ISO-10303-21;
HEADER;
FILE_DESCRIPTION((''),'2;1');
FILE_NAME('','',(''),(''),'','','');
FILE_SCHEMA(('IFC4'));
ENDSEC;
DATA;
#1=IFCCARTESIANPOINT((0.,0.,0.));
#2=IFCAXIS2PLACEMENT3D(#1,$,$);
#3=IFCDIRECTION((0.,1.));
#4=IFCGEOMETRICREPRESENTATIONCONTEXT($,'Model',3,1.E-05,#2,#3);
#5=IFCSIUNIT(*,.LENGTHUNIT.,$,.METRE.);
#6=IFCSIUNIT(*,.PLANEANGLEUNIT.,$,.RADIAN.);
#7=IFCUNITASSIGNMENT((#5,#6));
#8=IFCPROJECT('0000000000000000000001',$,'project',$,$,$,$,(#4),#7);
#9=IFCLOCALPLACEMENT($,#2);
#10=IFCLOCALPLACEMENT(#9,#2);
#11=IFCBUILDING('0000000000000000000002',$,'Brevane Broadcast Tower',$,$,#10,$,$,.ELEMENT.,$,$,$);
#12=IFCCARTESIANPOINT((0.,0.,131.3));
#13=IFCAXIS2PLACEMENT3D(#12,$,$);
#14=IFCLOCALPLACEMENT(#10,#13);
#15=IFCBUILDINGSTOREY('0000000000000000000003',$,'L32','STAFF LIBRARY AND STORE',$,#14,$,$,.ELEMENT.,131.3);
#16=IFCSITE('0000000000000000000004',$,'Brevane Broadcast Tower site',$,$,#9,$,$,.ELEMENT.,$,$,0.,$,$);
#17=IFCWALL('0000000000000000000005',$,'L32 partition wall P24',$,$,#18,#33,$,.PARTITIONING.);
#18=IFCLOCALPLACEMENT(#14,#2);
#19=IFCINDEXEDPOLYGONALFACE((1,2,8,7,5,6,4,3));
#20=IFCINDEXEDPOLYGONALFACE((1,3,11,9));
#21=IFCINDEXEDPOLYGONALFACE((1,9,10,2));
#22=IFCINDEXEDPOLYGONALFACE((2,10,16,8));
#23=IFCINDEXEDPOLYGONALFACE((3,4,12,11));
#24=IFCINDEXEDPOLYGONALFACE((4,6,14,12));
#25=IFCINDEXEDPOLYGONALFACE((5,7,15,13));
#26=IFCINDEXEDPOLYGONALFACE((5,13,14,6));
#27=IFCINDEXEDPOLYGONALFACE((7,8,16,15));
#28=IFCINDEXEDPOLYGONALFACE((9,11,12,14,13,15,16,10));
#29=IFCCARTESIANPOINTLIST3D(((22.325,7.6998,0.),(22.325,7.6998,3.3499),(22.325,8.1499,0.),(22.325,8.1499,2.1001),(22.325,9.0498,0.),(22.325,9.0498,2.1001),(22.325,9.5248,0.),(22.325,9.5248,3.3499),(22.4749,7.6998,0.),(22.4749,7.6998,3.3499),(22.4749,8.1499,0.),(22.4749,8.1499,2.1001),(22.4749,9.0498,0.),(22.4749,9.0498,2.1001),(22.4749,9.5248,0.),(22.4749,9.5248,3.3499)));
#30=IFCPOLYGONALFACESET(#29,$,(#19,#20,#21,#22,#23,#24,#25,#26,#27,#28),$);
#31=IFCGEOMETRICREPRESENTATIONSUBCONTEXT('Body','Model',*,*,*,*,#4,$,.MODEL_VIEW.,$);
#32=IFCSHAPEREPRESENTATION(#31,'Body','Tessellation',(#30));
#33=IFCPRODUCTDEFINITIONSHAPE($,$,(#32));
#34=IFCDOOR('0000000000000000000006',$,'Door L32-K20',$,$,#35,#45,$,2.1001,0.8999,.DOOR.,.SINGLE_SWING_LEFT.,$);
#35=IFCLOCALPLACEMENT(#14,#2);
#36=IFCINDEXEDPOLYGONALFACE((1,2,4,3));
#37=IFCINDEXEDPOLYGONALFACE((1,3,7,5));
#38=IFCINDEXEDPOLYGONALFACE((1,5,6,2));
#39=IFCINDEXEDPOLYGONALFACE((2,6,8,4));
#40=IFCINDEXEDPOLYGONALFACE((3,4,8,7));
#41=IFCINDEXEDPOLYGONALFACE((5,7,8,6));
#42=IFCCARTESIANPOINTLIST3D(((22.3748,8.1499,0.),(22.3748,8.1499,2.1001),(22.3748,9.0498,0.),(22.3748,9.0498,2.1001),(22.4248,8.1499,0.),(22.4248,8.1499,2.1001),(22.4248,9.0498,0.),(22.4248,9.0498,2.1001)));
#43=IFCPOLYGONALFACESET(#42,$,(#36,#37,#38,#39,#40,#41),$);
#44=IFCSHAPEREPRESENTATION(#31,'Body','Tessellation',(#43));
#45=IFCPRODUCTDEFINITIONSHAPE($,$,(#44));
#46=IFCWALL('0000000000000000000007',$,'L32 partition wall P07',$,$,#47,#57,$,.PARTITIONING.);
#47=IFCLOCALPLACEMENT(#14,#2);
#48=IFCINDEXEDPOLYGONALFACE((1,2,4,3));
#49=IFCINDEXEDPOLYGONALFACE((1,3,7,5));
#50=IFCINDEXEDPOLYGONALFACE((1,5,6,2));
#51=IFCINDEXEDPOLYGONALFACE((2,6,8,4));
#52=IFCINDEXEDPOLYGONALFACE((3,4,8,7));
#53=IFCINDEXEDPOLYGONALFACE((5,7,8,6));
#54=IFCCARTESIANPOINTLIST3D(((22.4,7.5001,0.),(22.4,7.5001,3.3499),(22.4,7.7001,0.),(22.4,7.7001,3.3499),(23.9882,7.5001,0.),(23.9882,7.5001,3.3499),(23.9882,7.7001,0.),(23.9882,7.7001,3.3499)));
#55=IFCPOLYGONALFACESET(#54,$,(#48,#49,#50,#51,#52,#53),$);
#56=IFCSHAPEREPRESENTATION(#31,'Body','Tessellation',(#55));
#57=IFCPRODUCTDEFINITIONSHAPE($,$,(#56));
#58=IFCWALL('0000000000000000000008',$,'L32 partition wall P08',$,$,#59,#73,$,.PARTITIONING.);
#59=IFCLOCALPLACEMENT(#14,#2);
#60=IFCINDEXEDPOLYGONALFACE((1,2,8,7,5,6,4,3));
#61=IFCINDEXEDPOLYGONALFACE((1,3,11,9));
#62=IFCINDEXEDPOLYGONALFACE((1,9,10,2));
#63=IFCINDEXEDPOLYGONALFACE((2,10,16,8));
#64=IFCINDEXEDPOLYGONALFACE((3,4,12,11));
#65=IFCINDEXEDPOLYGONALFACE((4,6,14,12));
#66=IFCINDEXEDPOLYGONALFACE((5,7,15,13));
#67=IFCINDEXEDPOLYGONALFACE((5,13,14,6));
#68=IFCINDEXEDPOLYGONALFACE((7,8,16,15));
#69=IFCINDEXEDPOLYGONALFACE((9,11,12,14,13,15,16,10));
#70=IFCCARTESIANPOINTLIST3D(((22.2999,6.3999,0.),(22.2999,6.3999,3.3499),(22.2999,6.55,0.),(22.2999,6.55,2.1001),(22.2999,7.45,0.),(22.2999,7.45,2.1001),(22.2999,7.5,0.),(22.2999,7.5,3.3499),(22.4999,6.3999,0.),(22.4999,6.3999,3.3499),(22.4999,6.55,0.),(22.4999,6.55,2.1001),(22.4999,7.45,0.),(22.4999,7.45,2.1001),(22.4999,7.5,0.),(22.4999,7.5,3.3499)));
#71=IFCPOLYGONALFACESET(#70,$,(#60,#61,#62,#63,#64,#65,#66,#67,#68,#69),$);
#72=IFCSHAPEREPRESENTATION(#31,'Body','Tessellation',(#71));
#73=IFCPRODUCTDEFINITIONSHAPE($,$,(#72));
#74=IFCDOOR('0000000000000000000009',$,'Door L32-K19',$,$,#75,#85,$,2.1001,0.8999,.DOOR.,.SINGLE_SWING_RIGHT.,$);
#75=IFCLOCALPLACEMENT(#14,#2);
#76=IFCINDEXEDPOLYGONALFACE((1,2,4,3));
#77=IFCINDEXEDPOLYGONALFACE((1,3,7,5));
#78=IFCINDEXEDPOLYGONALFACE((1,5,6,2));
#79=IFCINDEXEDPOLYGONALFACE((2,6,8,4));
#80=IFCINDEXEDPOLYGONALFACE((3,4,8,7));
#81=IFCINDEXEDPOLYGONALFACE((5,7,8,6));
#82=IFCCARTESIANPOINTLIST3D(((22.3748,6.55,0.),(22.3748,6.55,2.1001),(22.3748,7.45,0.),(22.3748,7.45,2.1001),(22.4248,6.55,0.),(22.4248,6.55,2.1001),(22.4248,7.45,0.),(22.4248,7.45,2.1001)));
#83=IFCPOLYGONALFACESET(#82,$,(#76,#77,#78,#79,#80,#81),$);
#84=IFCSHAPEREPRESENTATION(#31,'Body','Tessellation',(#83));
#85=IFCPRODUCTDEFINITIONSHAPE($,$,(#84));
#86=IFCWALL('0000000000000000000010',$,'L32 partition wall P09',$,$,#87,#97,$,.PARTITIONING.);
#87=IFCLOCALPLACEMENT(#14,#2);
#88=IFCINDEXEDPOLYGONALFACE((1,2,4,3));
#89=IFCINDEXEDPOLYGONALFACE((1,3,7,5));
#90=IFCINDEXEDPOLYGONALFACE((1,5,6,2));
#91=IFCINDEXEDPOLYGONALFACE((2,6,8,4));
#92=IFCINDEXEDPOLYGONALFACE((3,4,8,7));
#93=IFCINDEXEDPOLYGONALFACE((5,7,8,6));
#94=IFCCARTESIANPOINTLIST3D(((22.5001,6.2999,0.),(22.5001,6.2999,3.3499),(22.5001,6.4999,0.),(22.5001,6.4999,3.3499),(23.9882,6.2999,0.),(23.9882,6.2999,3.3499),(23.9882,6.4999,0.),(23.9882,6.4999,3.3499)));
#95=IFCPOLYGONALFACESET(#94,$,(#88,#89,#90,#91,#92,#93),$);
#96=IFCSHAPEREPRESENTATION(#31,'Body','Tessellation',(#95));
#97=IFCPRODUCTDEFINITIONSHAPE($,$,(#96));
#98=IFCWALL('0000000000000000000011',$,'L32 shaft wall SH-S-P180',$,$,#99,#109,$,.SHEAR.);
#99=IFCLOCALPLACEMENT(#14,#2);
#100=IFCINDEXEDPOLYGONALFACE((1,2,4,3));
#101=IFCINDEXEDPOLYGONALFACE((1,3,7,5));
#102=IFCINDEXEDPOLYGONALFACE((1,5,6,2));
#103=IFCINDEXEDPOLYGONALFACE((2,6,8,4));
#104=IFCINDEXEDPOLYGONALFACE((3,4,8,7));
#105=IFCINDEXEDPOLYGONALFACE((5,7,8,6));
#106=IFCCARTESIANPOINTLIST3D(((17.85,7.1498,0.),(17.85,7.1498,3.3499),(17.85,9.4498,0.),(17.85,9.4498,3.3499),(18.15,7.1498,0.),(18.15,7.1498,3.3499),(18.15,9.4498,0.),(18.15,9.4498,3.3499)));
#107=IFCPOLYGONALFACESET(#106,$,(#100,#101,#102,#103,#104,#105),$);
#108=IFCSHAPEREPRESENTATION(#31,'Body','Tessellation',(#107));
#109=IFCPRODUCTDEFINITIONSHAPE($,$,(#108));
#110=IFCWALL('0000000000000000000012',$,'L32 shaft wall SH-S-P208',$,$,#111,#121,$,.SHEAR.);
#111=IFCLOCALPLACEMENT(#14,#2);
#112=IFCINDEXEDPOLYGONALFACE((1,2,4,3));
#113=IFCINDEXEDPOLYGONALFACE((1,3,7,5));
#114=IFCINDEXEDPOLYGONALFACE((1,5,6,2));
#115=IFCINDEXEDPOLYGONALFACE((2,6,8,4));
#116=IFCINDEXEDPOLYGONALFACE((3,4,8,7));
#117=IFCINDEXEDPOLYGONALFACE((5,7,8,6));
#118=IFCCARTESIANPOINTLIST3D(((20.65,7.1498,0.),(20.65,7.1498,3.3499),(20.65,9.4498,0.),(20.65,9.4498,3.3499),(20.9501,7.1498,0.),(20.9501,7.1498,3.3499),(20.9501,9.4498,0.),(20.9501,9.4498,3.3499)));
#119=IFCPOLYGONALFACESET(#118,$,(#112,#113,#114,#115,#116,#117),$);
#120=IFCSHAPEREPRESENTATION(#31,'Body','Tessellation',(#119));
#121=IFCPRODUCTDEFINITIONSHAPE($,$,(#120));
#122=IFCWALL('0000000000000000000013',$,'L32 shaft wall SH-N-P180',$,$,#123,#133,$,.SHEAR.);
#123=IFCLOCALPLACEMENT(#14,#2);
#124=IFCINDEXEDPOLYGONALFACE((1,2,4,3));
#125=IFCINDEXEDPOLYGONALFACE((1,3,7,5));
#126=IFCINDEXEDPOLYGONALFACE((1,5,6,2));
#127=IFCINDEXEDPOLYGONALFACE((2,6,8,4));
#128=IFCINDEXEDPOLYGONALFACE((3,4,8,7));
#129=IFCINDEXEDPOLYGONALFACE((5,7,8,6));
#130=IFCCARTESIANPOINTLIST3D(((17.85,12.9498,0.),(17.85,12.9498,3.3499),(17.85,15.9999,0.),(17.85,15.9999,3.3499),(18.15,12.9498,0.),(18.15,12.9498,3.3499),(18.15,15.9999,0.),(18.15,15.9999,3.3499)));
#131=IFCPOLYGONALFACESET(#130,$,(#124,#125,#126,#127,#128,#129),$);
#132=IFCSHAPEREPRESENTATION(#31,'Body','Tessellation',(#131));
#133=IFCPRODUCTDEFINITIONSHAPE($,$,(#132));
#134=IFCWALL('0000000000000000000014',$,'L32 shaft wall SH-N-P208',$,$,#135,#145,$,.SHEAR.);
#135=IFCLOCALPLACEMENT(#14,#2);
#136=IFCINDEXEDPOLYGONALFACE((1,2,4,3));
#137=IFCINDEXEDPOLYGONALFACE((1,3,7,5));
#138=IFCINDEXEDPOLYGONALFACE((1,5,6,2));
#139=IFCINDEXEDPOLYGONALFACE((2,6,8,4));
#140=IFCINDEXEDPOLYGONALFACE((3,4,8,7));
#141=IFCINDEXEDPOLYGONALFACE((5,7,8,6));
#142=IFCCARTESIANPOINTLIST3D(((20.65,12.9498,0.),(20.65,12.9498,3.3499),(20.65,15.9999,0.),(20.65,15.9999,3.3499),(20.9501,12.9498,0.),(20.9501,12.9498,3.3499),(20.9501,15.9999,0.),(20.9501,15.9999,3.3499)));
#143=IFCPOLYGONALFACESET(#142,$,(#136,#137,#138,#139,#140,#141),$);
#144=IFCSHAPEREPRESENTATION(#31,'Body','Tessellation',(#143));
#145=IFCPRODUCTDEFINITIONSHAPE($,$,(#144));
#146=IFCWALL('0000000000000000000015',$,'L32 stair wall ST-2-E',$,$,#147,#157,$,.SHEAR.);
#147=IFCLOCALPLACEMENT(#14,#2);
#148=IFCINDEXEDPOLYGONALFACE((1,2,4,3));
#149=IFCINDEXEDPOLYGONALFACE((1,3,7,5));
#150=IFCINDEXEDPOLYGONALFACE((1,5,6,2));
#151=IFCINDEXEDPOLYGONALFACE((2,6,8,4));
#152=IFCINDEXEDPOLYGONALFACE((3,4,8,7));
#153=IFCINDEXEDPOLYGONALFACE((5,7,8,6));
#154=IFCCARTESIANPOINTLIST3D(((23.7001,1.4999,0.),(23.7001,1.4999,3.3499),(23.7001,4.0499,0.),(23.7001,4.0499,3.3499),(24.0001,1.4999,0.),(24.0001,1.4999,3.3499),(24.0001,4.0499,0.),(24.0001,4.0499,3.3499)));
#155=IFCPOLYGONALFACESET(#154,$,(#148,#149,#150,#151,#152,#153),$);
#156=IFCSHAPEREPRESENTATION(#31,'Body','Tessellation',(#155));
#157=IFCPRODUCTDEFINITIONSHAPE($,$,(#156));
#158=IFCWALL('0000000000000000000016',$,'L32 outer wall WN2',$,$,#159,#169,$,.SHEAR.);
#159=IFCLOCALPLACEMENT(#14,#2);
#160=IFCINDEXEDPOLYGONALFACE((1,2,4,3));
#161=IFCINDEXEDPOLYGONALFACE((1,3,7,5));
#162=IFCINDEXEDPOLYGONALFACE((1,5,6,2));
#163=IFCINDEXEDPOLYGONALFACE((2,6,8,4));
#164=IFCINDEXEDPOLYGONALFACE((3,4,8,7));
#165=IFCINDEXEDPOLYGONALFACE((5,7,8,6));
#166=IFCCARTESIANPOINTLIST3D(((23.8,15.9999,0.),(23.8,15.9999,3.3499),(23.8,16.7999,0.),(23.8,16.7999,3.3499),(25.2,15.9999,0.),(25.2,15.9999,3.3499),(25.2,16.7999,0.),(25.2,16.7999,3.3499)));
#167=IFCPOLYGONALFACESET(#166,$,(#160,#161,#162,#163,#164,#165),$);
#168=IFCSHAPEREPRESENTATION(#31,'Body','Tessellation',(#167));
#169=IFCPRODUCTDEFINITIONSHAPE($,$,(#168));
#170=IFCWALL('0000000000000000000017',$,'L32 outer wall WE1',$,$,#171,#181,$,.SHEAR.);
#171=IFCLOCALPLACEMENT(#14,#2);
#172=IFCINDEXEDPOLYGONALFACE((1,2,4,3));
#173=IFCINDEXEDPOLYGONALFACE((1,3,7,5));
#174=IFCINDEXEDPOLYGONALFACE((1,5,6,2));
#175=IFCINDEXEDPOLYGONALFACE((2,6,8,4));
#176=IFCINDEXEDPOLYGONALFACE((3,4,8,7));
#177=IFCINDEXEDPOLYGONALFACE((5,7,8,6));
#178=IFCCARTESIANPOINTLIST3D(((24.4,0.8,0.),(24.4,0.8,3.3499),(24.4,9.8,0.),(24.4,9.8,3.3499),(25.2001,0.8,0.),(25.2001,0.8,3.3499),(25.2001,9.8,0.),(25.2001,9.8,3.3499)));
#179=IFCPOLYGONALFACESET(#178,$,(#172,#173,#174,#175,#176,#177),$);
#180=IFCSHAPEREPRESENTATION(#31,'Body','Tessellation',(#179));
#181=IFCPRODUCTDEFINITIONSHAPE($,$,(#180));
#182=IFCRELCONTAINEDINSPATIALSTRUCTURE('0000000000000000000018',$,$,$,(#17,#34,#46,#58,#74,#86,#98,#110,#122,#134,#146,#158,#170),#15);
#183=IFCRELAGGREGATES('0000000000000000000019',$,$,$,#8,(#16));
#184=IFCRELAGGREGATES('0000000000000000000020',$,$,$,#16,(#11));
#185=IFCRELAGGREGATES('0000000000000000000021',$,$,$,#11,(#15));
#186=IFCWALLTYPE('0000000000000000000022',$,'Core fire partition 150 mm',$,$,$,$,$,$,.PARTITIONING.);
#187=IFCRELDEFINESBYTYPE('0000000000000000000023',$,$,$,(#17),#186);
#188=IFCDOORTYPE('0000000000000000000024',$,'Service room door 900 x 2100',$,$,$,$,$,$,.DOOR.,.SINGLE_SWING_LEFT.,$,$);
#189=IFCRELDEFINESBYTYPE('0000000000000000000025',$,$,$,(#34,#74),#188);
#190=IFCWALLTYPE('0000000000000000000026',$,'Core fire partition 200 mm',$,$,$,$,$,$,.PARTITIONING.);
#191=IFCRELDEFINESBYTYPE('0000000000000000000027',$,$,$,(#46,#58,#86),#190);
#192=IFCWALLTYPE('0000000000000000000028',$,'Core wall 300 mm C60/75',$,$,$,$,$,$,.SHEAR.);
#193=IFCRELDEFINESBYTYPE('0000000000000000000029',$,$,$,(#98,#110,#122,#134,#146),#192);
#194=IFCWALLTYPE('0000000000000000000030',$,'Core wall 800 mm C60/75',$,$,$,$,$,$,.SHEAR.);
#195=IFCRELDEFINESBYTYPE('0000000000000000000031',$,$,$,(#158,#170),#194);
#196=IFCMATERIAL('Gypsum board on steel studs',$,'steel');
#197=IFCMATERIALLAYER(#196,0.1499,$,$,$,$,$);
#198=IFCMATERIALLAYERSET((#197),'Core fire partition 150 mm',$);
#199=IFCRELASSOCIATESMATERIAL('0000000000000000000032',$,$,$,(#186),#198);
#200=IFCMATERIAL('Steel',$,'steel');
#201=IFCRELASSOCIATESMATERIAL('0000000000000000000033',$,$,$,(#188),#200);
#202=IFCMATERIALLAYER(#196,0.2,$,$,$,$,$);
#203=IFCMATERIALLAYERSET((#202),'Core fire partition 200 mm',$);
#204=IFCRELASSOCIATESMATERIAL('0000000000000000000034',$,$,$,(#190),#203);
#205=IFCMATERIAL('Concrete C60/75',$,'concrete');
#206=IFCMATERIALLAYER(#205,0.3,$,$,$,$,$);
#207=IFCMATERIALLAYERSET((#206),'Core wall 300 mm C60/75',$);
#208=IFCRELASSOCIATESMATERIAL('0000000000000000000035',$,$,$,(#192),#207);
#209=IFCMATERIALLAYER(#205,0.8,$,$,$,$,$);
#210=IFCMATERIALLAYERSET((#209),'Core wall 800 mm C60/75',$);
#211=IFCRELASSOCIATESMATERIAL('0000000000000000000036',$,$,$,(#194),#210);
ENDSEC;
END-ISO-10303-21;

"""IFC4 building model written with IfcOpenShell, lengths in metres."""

from ifc_helpers import new_model, si_unit, direction, frame, frame_2d, origin, place, context, subcontext, project, spatial, rectangle, extrude, material, layer, layer_set, type_object, element, fill, save


model = new_model("IFC4")

# Units and contexts
model_context = context("Model", 3, precision=1e-05, world=origin(), true_north=direction((0.0, 1.0)))
body_context = subcontext(model_context, "Body", "Model", "MODEL_VIEW")
ifc_project = project(units=[si_unit("LENGTHUNIT", "METRE"), si_unit("PLANEANGLEUNIT", "RADIAN")], contexts=[model_context])

# Site, building, storey
site_placement = place(None, origin())
site = spatial("IfcSite", under=ifc_project, at=site_placement, Name="Brevane Broadcast Tower site", CompositionType="ELEMENT", RefElevation=0.0)
building_placement = place(site_placement, origin())
building = spatial("IfcBuilding", under=site, at=building_placement, Name="Brevane Broadcast Tower", CompositionType="ELEMENT")
storey_placement = place(building_placement, frame((0.0, 0.0, 131.3)))
storey = spatial("IfcBuildingStorey", under=building, at=storey_placement, Name="L32", Description="STAFF LIBRARY AND STORE", CompositionType="ELEMENT", Elevation=131.3)

# Shared definitions
ifc_material_1 = material(Name="Gypsum board on steel studs", Category="steel")
ifc_layer_1 = layer(ifc_material_1, 0.1499)
ifc_layer_set_1 = layer_set([ifc_layer_1], Name="Core fire partition 150 mm")
wall_type_1 = type_object("IfcWallType", Name="Core fire partition 150 mm", PredefinedType="PARTITIONING", material=ifc_layer_set_1)
ifc_material_2 = material(Name="Steel", Category="steel")

# Wall, opening, door
wall_1_placement = place(storey_placement, frame((22.3999, 9.5249, 0.0), z_axis=(0.0, 0.0, 1.0), x_axis=(0.0, -1.0, 0.0)))
wall_1 = element("IfcWall", 1, at=wall_1_placement, inside=storey, type_object=wall_type_1, Name="L32 partition wall P24", PredefinedType="PARTITIONING", context=body_context, shape_type="SweptSolid", body=[
    extrude(rectangle(XDim=1.825, YDim=0.1499, at=frame_2d((0.9126, 0.0))), origin(), (0.0, 0.0, 1.0), 3.3499),
])
opening_1_placement = place(wall_1_placement, frame((0.4751, 0.0, 0.0)))
opening_1 = element("IfcOpeningElement", 2, at=opening_1_placement, cuts=wall_1, PredefinedType="OPENING", context=body_context, shape_type="SweptSolid", body=[
    extrude(rectangle(XDim=0.8999, YDim=2.1001, at=frame_2d((0.45, 1.05))), frame((0.0, 0.085, 0.0), z_axis=(0.0, -1.0, 0.0), x_axis=(1.0, 0.0, 0.0)), (0.0, 0.0, 1.0), 0.1699),
])
door_type_1 = type_object("IfcDoorType", Name="Service room door 900 x 2100", OperationType="SINGLE_SWING_LEFT", PredefinedType="DOOR", material=ifc_material_2)
door_1_placement = place(opening_1_placement, origin())
door_1 = element("IfcDoor", 3, at=door_1_placement, inside=storey, type_object=door_type_1, Name="Door L32-K20", OperationType="SINGLE_SWING_LEFT", OverallHeight=2.1001, OverallWidth=0.8999, PredefinedType="DOOR", context=body_context, shape_type="SweptSolid", body=[
    extrude(rectangle(XDim=0.8999, YDim=2.1001, at=frame_2d((0.45, 1.05))), frame((0.0, 0.0249, 0.0), z_axis=(0.0, -1.0, 0.0), x_axis=(1.0, 0.0, 0.0)), (0.0, 0.0, 1.0), 0.05),
])
fill(opening_1, door_1)

# Wall
ifc_layer_2 = layer(ifc_material_1, 0.2)
ifc_layer_set_2 = layer_set([ifc_layer_2], Name="Core fire partition 200 mm")
wall_type_2 = type_object("IfcWallType", Name="Core fire partition 200 mm", PredefinedType="PARTITIONING", material=ifc_layer_set_2)
wall_2_placement = place(storey_placement, frame((23.988, 7.6001, 0.0), z_axis=(0.0, 0.0, 1.0), x_axis=(-1.0, 0.0, 0.0)))
element("IfcWall", 4, at=wall_2_placement, inside=storey, type_object=wall_type_2, Name="L32 partition wall P07", PredefinedType="PARTITIONING", context=body_context, shape_type="SweptSolid", body=[
    extrude(rectangle(XDim=1.5881, YDim=0.2, at=frame_2d((0.7939, 0.0))), origin(), (0.0, 0.0, 1.0), 3.3499),
])

# Wall, opening, door
wall_3_placement = place(storey_placement, frame((22.3999, 7.5, 0.0), z_axis=(0.0, 0.0, 1.0), x_axis=(0.0, -1.0, 0.0)))
wall_3 = element("IfcWall", 5, at=wall_3_placement, inside=storey, type_object=wall_type_2, Name="L32 partition wall P08", PredefinedType="PARTITIONING", context=body_context, shape_type="SweptSolid", body=[
    extrude(rectangle(XDim=1.1001, YDim=0.2, at=frame_2d((0.55, 0.0))), origin(), (0.0, 0.0, 1.0), 3.3499),
])
opening_2_placement = place(wall_3_placement, frame((0.05, 0.0, 0.0)))
opening_2 = element("IfcOpeningElement", 6, at=opening_2_placement, cuts=wall_3, PredefinedType="OPENING", context=body_context, shape_type="SweptSolid", body=[
    extrude(rectangle(XDim=0.8999, YDim=2.1001, at=frame_2d((0.45, 1.05))), frame((0.0, 0.1099, 0.0), z_axis=(0.0, -1.0, 0.0), x_axis=(1.0, 0.0, 0.0)), (0.0, 0.0, 1.0), 0.22),
])
door_2_placement = place(opening_2_placement, origin())
door_2 = element("IfcDoor", 7, at=door_2_placement, inside=storey, type_object=door_type_1, Name="Door L32-K19", OperationType="SINGLE_SWING_RIGHT", OverallHeight=2.1001, OverallWidth=0.8999, PredefinedType="DOOR", context=body_context, shape_type="SweptSolid", body=[
    extrude(rectangle(XDim=0.8999, YDim=2.1001, at=frame_2d((0.45, 1.05))), frame((0.0, 0.0249, 0.0), z_axis=(0.0, -1.0, 0.0), x_axis=(1.0, 0.0, 0.0)), (0.0, 0.0, 1.0), 0.05),
])
fill(opening_2, door_2)

# Walls
wall_4_placement = place(storey_placement, frame((22.5, 6.3999, 0.0), z_axis=(0.0, 0.0, 1.0), x_axis=(1.0, 0.0, 0.0)))
element("IfcWall", 8, at=wall_4_placement, inside=storey, type_object=wall_type_2, Name="L32 partition wall P09", PredefinedType="PARTITIONING", context=body_context, shape_type="SweptSolid", body=[
    extrude(rectangle(XDim=1.488, YDim=0.2, at=frame_2d((0.7441, 0.0))), origin(), (0.0, 0.0, 1.0), 3.3499),
])
ifc_material_3 = material(Name="Concrete C60/75", Category="concrete")
ifc_layer_3 = layer(ifc_material_3, 0.3)
ifc_layer_set_3 = layer_set([ifc_layer_3], Name="Core wall 300 mm C60/75")
wall_type_3 = type_object("IfcWallType", Name="Core wall 300 mm C60/75", PredefinedType="SHEAR", material=ifc_layer_set_3)
for number, where, z_axis, x_axis, name in (
    (9, (18.0, 7.1499, 0.0), (0.0, 0.0, 1.0), (0.0, 1.0, 0.0), "L32 shaft wall SH-S-P180"),
    (10, (20.8, 7.1499, 0.0), (0.0, 0.0, 1.0), (0.0, 1.0, 0.0), "L32 shaft wall SH-S-P208"),
):
    element("IfcWall", number, at=place(storey_placement, frame(where, z_axis=z_axis, x_axis=x_axis)), inside=storey, type_object=wall_type_3, Name=name, PredefinedType="SHEAR", context=body_context, shape_type="SweptSolid", body=[
        extrude(rectangle(XDim=2.3, YDim=0.3, at=frame_2d((1.1499, 0.0))), origin(), (0.0, 0.0, 1.0), 3.3499),
    ])
for number, where, z_axis, x_axis, name in (
    (11, (18.0, 12.95, 0.0), (0.0, 0.0, 1.0), (0.0, 1.0, 0.0), "L32 shaft wall SH-N-P180"),
    (12, (20.8, 12.95, 0.0), (0.0, 0.0, 1.0), (0.0, 1.0, 0.0), "L32 shaft wall SH-N-P208"),
):
    element("IfcWall", number, at=place(storey_placement, frame(where, z_axis=z_axis, x_axis=x_axis)), inside=storey, type_object=wall_type_3, Name=name, PredefinedType="SHEAR", context=body_context, shape_type="SweptSolid", body=[
        extrude(rectangle(XDim=3.05, YDim=0.3, at=frame_2d((1.5249, 0.0))), origin(), (0.0, 0.0, 1.0), 3.3499),
    ])
wall_5_placement = place(storey_placement, frame((23.8501, 1.5, 0.0), z_axis=(0.0, 0.0, 1.0), x_axis=(0.0, 1.0, 0.0)))
element("IfcWall", 13, at=wall_5_placement, inside=storey, type_object=wall_type_3, Name="L32 stair wall ST-2-E", PredefinedType="SHEAR", context=body_context, shape_type="SweptSolid", body=[
    extrude(rectangle(XDim=2.55, YDim=0.3, at=frame_2d((1.2749, 0.0))), origin(), (0.0, 0.0, 1.0), 3.3499),
])
ifc_layer_4 = layer(ifc_material_3, 0.8)
ifc_layer_set_4 = layer_set([ifc_layer_4], Name="Core wall 800 mm C60/75")
wall_type_4 = type_object("IfcWallType", Name="Core wall 800 mm C60/75", PredefinedType="SHEAR", material=ifc_layer_set_4)
wall_6_placement = place(storey_placement, frame((23.8, 16.3999, 0.0), z_axis=(0.0, 0.0, 1.0), x_axis=(1.0, 0.0, 0.0)))
element("IfcWall", 14, at=wall_6_placement, inside=storey, type_object=wall_type_4, Name="L32 outer wall WN2", PredefinedType="SHEAR", context=body_context, shape_type="SweptSolid", body=[
    extrude(rectangle(XDim=1.3999, YDim=0.8, at=frame_2d((0.7, 0.0))), origin(), (0.0, 0.0, 1.0), 3.3499),
])
wall_7_placement = place(storey_placement, frame((24.8, 0.8, 0.0), z_axis=(0.0, 0.0, 1.0), x_axis=(0.0, 1.0, 0.0)))
element("IfcWall", 15, at=wall_7_placement, inside=storey, type_object=wall_type_4, Name="L32 outer wall WE1", PredefinedType="SHEAR", context=body_context, shape_type="SweptSolid", body=[
    extrude(rectangle(XDim=9.0, YDim=0.8, at=frame_2d((4.5, 0.0))), origin(), (0.0, 0.0, 1.0), 3.3499),
])

save(model, "model.ifc")
